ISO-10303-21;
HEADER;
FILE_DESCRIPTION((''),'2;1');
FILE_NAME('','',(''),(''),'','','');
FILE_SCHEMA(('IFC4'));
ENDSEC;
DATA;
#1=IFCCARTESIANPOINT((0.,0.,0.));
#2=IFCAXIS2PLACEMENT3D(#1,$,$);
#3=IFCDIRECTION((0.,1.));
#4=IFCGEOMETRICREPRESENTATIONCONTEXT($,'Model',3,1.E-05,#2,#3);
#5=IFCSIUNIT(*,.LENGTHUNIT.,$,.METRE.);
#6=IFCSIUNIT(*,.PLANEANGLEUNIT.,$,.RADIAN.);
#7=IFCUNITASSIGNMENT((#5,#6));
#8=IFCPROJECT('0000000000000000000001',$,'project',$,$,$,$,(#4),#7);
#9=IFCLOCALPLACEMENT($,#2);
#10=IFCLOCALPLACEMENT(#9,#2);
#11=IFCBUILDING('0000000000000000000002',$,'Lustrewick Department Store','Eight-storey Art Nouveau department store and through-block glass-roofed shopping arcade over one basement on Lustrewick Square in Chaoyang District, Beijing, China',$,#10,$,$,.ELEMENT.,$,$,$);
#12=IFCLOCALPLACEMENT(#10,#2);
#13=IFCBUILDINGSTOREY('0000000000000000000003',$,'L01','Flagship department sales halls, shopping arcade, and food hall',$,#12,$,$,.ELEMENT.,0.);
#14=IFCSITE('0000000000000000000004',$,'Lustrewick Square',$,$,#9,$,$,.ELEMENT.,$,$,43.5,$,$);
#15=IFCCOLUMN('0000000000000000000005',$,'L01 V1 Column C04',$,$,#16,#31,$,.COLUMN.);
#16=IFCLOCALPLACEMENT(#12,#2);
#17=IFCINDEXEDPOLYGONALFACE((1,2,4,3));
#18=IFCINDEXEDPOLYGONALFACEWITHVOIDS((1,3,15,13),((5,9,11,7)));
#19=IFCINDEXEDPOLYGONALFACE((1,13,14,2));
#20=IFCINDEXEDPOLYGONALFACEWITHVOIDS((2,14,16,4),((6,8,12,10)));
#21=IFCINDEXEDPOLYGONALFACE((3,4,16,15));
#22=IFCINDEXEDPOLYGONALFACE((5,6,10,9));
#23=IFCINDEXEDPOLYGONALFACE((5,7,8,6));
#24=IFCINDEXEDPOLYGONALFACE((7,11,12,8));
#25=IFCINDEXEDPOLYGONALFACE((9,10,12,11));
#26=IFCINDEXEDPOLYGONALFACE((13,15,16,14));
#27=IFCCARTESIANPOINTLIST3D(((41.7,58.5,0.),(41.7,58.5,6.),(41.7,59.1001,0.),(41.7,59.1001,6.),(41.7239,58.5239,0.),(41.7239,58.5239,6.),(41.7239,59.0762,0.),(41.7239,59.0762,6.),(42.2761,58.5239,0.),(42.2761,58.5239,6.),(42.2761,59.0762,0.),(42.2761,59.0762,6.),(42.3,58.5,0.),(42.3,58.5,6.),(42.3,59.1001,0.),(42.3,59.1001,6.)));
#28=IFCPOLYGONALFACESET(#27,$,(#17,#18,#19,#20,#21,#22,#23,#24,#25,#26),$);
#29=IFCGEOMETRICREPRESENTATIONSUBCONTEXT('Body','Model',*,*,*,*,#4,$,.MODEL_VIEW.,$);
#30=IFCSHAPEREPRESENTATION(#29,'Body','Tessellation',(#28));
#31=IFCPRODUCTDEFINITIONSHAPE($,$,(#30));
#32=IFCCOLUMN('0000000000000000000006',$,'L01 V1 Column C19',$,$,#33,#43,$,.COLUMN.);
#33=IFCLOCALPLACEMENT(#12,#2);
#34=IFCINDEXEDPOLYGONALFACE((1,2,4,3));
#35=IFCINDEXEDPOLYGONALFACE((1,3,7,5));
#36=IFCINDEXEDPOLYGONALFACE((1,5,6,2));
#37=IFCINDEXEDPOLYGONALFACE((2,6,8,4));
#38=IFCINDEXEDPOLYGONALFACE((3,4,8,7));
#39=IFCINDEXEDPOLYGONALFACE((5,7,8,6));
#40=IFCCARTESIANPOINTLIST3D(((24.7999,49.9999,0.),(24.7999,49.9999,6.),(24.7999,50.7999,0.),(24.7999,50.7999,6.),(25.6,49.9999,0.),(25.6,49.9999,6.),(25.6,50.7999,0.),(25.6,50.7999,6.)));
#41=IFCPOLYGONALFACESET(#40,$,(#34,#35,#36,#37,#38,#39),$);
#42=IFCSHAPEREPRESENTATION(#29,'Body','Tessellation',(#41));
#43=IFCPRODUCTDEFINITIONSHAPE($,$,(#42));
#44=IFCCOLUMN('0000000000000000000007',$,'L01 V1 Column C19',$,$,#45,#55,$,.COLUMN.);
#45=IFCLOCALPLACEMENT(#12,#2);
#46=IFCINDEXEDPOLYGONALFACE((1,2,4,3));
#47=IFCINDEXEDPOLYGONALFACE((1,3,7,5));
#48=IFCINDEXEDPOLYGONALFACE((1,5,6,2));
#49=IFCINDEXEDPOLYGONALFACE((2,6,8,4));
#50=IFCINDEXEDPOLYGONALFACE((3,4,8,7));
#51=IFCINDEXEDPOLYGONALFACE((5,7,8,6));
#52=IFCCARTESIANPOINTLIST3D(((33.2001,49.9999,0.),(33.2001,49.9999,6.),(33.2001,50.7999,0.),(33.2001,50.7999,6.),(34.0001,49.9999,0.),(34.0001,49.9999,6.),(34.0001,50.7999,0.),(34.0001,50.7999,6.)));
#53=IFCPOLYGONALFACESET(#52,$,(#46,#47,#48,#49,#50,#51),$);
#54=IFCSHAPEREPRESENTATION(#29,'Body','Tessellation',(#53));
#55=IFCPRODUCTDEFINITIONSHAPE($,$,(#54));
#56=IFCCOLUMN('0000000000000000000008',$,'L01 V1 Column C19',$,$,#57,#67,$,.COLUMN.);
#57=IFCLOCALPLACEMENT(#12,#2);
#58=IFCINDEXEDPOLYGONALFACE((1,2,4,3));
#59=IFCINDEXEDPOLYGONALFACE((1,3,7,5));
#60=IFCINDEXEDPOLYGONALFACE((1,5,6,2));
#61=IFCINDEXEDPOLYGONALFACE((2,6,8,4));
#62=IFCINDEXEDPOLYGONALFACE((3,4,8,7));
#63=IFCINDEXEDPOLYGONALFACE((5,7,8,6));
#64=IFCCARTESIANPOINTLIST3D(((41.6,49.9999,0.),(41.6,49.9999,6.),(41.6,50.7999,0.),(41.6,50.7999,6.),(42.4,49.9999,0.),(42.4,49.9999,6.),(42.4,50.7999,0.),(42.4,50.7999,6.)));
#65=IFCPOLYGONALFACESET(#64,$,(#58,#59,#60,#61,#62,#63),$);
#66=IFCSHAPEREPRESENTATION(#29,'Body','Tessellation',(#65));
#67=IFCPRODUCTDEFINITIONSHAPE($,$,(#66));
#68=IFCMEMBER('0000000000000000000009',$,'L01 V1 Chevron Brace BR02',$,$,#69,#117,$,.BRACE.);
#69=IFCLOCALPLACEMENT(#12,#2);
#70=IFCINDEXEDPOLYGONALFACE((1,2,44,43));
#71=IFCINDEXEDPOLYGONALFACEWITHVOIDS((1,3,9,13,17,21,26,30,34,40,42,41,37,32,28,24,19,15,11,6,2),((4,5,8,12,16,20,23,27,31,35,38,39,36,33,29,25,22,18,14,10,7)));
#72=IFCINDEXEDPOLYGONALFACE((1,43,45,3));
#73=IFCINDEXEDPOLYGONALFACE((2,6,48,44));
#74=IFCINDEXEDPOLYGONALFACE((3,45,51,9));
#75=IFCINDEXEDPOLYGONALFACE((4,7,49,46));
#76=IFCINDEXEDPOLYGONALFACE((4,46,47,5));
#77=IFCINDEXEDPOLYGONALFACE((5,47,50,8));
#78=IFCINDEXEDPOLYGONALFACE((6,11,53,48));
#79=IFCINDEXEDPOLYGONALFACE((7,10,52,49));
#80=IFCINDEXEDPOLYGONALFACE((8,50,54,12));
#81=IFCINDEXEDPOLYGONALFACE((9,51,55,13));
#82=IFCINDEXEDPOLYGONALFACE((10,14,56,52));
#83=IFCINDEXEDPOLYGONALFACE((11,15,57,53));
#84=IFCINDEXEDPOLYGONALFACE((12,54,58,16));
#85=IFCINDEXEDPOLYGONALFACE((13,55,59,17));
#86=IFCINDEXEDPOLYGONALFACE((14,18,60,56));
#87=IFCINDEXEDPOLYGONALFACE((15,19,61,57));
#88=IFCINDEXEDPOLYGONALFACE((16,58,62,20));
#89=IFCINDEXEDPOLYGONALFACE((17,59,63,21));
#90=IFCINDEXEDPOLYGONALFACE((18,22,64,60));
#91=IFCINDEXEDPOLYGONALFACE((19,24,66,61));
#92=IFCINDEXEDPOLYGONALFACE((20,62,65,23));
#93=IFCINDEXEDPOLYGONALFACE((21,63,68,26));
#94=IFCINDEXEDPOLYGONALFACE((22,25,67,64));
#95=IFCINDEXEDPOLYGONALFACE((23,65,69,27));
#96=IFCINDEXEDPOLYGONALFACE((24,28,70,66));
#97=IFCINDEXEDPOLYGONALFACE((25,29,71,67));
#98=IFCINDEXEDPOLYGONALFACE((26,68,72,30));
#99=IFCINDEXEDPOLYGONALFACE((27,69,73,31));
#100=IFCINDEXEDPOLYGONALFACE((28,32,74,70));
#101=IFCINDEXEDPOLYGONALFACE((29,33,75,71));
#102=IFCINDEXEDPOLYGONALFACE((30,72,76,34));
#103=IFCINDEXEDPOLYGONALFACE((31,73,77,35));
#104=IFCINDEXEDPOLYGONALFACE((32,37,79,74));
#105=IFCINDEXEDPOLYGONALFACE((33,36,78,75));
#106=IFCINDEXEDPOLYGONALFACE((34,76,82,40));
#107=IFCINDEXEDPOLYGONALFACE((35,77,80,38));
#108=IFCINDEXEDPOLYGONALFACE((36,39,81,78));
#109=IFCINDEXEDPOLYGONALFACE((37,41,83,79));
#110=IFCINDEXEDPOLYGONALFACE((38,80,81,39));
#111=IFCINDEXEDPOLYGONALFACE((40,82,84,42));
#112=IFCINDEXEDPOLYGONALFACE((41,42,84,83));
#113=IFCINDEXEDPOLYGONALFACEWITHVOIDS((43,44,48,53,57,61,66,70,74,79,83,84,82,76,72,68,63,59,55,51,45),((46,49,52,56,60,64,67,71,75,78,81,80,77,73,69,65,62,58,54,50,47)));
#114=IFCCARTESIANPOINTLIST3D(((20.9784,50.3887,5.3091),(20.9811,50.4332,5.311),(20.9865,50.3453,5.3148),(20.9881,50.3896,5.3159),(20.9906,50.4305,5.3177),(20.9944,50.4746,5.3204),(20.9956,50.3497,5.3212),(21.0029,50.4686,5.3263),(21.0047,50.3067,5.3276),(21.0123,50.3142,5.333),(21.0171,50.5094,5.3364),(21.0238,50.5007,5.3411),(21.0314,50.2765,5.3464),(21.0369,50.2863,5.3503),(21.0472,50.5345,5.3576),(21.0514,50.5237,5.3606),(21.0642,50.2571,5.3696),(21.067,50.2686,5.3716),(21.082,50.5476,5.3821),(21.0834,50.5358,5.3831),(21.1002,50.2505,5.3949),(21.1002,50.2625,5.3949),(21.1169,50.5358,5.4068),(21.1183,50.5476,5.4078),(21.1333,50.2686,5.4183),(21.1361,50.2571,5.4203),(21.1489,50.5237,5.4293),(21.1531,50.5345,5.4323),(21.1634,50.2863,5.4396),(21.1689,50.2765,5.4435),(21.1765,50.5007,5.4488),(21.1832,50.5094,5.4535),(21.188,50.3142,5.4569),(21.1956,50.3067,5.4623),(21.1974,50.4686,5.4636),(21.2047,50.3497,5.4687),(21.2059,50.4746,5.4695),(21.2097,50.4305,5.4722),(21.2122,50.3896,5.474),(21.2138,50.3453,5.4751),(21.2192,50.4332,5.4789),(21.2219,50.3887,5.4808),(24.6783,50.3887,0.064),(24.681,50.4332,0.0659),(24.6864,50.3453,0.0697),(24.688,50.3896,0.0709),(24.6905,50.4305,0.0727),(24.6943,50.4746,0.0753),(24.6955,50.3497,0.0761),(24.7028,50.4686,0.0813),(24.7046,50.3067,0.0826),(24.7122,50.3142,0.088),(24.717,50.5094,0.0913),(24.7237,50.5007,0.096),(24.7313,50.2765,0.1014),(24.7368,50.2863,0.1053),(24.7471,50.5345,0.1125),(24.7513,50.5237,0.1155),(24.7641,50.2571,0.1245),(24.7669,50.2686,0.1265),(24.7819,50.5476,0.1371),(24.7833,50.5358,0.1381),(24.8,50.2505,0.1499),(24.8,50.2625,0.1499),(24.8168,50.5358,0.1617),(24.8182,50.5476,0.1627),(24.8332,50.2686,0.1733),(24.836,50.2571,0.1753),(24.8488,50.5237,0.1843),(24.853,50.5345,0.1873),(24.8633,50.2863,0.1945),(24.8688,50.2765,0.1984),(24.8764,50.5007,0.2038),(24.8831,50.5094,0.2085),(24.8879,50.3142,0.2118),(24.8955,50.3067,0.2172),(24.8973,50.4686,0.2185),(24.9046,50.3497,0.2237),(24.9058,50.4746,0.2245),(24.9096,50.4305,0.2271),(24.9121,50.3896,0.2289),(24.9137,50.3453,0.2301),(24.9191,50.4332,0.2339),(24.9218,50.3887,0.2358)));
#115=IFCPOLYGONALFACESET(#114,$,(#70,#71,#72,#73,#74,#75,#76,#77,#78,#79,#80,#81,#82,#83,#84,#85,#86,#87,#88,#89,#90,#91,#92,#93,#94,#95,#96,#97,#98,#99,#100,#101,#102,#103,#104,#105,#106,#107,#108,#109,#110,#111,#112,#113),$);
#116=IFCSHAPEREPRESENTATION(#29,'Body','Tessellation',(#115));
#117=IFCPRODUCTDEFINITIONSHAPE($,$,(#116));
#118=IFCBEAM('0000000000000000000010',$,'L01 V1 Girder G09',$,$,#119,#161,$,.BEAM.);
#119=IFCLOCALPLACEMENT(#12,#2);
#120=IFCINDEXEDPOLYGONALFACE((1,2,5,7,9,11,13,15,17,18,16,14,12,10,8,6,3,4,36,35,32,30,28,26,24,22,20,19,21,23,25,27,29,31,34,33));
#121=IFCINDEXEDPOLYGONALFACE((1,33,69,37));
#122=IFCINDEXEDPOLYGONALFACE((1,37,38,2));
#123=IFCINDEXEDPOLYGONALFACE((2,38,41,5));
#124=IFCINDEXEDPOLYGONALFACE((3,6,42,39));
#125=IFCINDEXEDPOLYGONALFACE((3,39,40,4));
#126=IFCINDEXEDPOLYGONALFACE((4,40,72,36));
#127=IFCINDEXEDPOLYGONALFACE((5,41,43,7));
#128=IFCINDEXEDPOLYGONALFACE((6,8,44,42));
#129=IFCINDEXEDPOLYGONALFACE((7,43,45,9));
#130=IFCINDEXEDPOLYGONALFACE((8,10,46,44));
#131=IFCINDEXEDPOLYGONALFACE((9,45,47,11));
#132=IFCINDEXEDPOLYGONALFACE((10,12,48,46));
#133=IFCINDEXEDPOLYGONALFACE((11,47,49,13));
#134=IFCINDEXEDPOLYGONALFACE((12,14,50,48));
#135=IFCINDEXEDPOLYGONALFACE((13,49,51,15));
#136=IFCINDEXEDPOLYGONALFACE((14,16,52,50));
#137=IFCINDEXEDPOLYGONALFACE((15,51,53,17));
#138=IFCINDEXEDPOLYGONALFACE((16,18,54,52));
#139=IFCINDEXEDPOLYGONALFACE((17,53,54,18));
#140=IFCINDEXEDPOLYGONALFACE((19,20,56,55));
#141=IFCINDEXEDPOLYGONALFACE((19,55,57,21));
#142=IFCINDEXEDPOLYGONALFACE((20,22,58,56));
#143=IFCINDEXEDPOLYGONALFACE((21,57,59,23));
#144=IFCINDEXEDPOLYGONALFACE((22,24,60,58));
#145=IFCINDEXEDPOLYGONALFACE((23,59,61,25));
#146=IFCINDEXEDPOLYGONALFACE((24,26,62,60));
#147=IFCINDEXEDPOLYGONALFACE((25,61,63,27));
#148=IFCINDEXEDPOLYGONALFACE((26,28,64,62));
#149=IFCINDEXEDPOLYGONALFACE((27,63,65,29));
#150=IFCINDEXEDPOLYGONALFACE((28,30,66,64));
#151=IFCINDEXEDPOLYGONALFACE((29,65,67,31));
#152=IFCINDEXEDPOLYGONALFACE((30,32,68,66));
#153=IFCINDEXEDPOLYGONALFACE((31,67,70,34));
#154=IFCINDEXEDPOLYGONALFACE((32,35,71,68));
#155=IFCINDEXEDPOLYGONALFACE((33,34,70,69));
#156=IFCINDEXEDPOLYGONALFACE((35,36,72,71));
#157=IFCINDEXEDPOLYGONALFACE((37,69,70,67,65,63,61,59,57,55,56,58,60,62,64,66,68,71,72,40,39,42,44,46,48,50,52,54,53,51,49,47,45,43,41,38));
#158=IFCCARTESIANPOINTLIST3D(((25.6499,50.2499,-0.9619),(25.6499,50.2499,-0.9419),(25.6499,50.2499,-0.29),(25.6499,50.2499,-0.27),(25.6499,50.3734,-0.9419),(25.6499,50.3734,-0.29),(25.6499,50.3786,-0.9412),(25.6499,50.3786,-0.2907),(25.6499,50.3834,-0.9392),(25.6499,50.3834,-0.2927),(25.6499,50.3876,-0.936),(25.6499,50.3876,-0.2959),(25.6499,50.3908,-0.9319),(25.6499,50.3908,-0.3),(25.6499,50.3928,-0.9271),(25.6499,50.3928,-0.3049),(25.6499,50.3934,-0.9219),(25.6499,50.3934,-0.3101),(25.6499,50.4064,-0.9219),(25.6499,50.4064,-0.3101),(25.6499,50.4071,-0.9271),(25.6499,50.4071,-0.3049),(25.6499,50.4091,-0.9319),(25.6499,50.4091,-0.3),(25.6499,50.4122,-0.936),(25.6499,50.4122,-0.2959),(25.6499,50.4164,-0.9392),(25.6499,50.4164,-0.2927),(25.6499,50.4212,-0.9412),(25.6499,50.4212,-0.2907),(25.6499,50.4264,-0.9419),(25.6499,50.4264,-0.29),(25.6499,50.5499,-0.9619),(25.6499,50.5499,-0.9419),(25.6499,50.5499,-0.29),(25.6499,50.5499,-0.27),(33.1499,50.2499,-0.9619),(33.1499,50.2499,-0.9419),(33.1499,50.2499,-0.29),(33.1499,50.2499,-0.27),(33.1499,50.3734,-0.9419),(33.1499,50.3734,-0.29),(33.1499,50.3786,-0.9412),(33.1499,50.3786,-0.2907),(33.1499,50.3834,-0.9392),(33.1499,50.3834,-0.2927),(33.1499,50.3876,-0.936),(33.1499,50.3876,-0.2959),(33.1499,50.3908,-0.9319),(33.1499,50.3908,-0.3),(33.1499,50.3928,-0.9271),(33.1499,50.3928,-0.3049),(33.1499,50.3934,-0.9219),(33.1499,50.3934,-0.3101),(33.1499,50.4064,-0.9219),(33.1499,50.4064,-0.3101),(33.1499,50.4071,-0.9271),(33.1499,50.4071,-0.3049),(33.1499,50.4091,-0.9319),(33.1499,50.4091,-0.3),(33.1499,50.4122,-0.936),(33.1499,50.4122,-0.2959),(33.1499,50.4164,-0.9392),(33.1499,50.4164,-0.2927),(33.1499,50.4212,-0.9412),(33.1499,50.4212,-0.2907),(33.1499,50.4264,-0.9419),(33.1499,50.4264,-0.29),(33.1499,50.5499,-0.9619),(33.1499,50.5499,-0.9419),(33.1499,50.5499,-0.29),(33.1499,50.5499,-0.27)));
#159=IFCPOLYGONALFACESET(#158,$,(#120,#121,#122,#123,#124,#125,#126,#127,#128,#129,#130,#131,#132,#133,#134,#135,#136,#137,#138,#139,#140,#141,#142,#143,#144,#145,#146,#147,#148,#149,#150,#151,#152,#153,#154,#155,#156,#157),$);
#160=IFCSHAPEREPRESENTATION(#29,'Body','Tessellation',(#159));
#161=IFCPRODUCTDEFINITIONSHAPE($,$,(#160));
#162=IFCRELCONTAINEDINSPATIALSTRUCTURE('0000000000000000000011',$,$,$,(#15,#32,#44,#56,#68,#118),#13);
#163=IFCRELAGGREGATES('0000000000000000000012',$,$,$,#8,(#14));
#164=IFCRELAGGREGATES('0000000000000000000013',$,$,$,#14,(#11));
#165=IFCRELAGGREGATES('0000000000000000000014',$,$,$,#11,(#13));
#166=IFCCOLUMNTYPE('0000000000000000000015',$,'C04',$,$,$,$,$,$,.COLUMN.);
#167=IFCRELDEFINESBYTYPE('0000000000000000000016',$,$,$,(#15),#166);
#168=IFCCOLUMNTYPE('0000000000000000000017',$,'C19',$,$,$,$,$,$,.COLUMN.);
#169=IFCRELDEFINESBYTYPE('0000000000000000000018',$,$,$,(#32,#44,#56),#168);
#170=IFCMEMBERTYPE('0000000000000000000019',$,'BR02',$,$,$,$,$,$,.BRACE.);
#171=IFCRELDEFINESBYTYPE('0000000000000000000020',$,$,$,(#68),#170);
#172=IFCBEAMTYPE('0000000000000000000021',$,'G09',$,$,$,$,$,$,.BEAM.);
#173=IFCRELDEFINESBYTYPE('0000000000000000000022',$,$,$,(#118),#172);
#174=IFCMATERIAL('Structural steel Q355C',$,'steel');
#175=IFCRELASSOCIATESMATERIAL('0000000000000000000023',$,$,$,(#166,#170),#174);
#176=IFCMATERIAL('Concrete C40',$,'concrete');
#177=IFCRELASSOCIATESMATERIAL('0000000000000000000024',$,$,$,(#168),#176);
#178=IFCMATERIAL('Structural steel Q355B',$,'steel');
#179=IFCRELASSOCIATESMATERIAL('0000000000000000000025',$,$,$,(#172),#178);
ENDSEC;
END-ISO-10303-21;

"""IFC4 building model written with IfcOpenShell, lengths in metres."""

from ifc_helpers import new_model, si_unit, direction, frame, origin, origin_2d, place, context, subcontext, project, spatial, rectangle, hollow_rectangle, hollow_circle, i_section, extrude, material, material_profile, profile_set, type_object, element, save


model = new_model("IFC4")

# Units and contexts
model_context = context("Model", 3, precision=1e-05, world=origin(), true_north=direction((0.0, 1.0)))
body_context = subcontext(model_context, "Body", "Model", "MODEL_VIEW")
ifc_project = project(units=[si_unit("LENGTHUNIT", "METRE"), si_unit("PLANEANGLEUNIT", "RADIAN")], contexts=[model_context])

# Site, building, storey
site_placement = place(None, origin())
site = spatial("IfcSite", under=ifc_project, at=site_placement, Name="Lustrewick Square", CompositionType="ELEMENT", RefElevation=43.5)
building_placement = place(site_placement, origin())
building = spatial("IfcBuilding", under=site, at=building_placement, Name="Lustrewick Department Store", Description="Eight-storey Art Nouveau department store and through-block glass-roofed shopping arcade over one basement on Lustrewick Square in Chaoyang District, Beijing, China", CompositionType="ELEMENT")
storey_placement = place(building_placement, origin())
storey = spatial("IfcBuildingStorey", under=building, at=storey_placement, Name="L01", Description="Flagship department sales halls, shopping arcade, and food hall", CompositionType="ELEMENT", Elevation=0.0)

# Columns
ifc_material_1 = material(Name="Structural steel Q355C", Category="steel")
ifc_material_profile_1 = material_profile(ifc_material_1, hollow_rectangle(XDim=0.6001, YDim=0.6001, WallThickness=0.0239, at=origin_2d()), Name="BOX 600x600x24")
ifc_profile_set_1 = profile_set([ifc_material_profile_1], Name="Structural steel Q355C")
column_type_1 = type_object("IfcColumnType", Name="C04", PredefinedType="COLUMN", material=ifc_profile_set_1)
column_placement = place(storey_placement, frame((42.0, 58.8, 0.0), z_axis=(0.0, 0.0, 1.0), x_axis=(1.0, 0.0, 0.0)))
element("IfcColumn", 1, at=column_placement, inside=storey, type_object=column_type_1, Name="L01 V1 Column C04", PredefinedType="COLUMN", context=body_context, shape_type="SweptSolid", body=[
    extrude(hollow_rectangle(XDim=0.6001, YDim=0.6001, WallThickness=0.0239, at=origin_2d()), origin(), (0.0, 0.0, 1.0), 6.0),
])
ifc_material_2 = material(Name="Concrete C40", Category="concrete")
ifc_material_profile_2 = material_profile(ifc_material_2, rectangle(XDim=0.8, YDim=0.8, at=origin_2d()), Name="RC 800x800")
ifc_profile_set_2 = profile_set([ifc_material_profile_2], Name="Concrete C40")
column_type_2 = type_object("IfcColumnType", Name="C19", PredefinedType="COLUMN", material=ifc_profile_set_2)
for number, where, z_axis, x_axis, name in (
    (2, (25.2, 50.3999, 0.0), (0.0, 0.0, 1.0), (1.0, 0.0, 0.0), "L01 V1 Column C19"),
    (3, (33.6001, 50.3999, 0.0), (0.0, 0.0, 1.0), (1.0, 0.0, 0.0), "L01 V1 Column C19"),
    (4, (42.0, 50.3999, 0.0), (0.0, 0.0, 1.0), (1.0, 0.0, 0.0), "L01 V1 Column C19"),
):
    element("IfcColumn", number, at=place(storey_placement, frame(where, z_axis=z_axis, x_axis=x_axis)), inside=storey, type_object=column_type_2, Name=name, PredefinedType="COLUMN", context=body_context, shape_type="SweptSolid", body=[
        extrude(rectangle(XDim=0.8, YDim=0.8, at=origin_2d()), origin(), (0.0, 0.0, 1.0), 6.0),
    ])

# Member
ifc_material_profile_3 = material_profile(ifc_material_1, hollow_circle(Radius=0.1494, WallThickness=0.012, at=origin_2d()), Name="CHS 299x12")
ifc_profile_set_3 = profile_set([ifc_material_profile_3], Name="Structural steel Q355C")
member_type = type_object("IfcMemberType", Name="BR02", PredefinedType="BRACE", material=ifc_profile_set_3)
member_placement = place(storey_placement, frame((24.8, 50.3999, 0.1499), z_axis=(-0.576425, 0.0, 0.81715), x_axis=(0.0, -1.0, 0.0)))
element("IfcMember", 5, at=member_placement, inside=storey, type_object=member_type, Name="L01 V1 Chevron Brace BR02", PredefinedType="BRACE", context=body_context, shape_type="SweptSolid", body=[
    extrude(hollow_circle(Radius=0.1494, WallThickness=0.012, at=origin_2d()), origin(), (0.0, 0.0, 1.0), 6.4187),
])

# Beam
ifc_material_3 = material(Name="Structural steel Q355B", Category="steel")
ifc_material_profile_4 = material_profile(ifc_material_3, i_section(OverallWidth=0.3, OverallDepth=0.6919, WebThickness=0.0129, FlangeThickness=0.02, FilletRadius=0.02, at=origin_2d()), Name="HN 692x300x13x20")
ifc_profile_set_4 = profile_set([ifc_material_profile_4], Name="Structural steel Q355B")
beam_type_1 = type_object("IfcBeamType", Name="G09", PredefinedType="BEAM", material=ifc_profile_set_4)
beam_1_placement = place(storey_placement, frame((25.6499, 50.3999, -0.616), z_axis=(1.0, 0.0, 0.0), x_axis=(0.0, 1.0, 0.0)))
element("IfcBeam", 6, at=beam_1_placement, inside=storey, type_object=beam_type_1, Name="L01 V1 Girder G09", PredefinedType="BEAM", context=body_context, shape_type="SweptSolid", body=[
    extrude(i_section(OverallWidth=0.3, OverallDepth=0.6919, WebThickness=0.0129, FlangeThickness=0.02, FilletRadius=0.02, at=origin_2d()), origin(), (0.0, 0.0, 1.0), 7.5),
])

save(model, "model.ifc")
